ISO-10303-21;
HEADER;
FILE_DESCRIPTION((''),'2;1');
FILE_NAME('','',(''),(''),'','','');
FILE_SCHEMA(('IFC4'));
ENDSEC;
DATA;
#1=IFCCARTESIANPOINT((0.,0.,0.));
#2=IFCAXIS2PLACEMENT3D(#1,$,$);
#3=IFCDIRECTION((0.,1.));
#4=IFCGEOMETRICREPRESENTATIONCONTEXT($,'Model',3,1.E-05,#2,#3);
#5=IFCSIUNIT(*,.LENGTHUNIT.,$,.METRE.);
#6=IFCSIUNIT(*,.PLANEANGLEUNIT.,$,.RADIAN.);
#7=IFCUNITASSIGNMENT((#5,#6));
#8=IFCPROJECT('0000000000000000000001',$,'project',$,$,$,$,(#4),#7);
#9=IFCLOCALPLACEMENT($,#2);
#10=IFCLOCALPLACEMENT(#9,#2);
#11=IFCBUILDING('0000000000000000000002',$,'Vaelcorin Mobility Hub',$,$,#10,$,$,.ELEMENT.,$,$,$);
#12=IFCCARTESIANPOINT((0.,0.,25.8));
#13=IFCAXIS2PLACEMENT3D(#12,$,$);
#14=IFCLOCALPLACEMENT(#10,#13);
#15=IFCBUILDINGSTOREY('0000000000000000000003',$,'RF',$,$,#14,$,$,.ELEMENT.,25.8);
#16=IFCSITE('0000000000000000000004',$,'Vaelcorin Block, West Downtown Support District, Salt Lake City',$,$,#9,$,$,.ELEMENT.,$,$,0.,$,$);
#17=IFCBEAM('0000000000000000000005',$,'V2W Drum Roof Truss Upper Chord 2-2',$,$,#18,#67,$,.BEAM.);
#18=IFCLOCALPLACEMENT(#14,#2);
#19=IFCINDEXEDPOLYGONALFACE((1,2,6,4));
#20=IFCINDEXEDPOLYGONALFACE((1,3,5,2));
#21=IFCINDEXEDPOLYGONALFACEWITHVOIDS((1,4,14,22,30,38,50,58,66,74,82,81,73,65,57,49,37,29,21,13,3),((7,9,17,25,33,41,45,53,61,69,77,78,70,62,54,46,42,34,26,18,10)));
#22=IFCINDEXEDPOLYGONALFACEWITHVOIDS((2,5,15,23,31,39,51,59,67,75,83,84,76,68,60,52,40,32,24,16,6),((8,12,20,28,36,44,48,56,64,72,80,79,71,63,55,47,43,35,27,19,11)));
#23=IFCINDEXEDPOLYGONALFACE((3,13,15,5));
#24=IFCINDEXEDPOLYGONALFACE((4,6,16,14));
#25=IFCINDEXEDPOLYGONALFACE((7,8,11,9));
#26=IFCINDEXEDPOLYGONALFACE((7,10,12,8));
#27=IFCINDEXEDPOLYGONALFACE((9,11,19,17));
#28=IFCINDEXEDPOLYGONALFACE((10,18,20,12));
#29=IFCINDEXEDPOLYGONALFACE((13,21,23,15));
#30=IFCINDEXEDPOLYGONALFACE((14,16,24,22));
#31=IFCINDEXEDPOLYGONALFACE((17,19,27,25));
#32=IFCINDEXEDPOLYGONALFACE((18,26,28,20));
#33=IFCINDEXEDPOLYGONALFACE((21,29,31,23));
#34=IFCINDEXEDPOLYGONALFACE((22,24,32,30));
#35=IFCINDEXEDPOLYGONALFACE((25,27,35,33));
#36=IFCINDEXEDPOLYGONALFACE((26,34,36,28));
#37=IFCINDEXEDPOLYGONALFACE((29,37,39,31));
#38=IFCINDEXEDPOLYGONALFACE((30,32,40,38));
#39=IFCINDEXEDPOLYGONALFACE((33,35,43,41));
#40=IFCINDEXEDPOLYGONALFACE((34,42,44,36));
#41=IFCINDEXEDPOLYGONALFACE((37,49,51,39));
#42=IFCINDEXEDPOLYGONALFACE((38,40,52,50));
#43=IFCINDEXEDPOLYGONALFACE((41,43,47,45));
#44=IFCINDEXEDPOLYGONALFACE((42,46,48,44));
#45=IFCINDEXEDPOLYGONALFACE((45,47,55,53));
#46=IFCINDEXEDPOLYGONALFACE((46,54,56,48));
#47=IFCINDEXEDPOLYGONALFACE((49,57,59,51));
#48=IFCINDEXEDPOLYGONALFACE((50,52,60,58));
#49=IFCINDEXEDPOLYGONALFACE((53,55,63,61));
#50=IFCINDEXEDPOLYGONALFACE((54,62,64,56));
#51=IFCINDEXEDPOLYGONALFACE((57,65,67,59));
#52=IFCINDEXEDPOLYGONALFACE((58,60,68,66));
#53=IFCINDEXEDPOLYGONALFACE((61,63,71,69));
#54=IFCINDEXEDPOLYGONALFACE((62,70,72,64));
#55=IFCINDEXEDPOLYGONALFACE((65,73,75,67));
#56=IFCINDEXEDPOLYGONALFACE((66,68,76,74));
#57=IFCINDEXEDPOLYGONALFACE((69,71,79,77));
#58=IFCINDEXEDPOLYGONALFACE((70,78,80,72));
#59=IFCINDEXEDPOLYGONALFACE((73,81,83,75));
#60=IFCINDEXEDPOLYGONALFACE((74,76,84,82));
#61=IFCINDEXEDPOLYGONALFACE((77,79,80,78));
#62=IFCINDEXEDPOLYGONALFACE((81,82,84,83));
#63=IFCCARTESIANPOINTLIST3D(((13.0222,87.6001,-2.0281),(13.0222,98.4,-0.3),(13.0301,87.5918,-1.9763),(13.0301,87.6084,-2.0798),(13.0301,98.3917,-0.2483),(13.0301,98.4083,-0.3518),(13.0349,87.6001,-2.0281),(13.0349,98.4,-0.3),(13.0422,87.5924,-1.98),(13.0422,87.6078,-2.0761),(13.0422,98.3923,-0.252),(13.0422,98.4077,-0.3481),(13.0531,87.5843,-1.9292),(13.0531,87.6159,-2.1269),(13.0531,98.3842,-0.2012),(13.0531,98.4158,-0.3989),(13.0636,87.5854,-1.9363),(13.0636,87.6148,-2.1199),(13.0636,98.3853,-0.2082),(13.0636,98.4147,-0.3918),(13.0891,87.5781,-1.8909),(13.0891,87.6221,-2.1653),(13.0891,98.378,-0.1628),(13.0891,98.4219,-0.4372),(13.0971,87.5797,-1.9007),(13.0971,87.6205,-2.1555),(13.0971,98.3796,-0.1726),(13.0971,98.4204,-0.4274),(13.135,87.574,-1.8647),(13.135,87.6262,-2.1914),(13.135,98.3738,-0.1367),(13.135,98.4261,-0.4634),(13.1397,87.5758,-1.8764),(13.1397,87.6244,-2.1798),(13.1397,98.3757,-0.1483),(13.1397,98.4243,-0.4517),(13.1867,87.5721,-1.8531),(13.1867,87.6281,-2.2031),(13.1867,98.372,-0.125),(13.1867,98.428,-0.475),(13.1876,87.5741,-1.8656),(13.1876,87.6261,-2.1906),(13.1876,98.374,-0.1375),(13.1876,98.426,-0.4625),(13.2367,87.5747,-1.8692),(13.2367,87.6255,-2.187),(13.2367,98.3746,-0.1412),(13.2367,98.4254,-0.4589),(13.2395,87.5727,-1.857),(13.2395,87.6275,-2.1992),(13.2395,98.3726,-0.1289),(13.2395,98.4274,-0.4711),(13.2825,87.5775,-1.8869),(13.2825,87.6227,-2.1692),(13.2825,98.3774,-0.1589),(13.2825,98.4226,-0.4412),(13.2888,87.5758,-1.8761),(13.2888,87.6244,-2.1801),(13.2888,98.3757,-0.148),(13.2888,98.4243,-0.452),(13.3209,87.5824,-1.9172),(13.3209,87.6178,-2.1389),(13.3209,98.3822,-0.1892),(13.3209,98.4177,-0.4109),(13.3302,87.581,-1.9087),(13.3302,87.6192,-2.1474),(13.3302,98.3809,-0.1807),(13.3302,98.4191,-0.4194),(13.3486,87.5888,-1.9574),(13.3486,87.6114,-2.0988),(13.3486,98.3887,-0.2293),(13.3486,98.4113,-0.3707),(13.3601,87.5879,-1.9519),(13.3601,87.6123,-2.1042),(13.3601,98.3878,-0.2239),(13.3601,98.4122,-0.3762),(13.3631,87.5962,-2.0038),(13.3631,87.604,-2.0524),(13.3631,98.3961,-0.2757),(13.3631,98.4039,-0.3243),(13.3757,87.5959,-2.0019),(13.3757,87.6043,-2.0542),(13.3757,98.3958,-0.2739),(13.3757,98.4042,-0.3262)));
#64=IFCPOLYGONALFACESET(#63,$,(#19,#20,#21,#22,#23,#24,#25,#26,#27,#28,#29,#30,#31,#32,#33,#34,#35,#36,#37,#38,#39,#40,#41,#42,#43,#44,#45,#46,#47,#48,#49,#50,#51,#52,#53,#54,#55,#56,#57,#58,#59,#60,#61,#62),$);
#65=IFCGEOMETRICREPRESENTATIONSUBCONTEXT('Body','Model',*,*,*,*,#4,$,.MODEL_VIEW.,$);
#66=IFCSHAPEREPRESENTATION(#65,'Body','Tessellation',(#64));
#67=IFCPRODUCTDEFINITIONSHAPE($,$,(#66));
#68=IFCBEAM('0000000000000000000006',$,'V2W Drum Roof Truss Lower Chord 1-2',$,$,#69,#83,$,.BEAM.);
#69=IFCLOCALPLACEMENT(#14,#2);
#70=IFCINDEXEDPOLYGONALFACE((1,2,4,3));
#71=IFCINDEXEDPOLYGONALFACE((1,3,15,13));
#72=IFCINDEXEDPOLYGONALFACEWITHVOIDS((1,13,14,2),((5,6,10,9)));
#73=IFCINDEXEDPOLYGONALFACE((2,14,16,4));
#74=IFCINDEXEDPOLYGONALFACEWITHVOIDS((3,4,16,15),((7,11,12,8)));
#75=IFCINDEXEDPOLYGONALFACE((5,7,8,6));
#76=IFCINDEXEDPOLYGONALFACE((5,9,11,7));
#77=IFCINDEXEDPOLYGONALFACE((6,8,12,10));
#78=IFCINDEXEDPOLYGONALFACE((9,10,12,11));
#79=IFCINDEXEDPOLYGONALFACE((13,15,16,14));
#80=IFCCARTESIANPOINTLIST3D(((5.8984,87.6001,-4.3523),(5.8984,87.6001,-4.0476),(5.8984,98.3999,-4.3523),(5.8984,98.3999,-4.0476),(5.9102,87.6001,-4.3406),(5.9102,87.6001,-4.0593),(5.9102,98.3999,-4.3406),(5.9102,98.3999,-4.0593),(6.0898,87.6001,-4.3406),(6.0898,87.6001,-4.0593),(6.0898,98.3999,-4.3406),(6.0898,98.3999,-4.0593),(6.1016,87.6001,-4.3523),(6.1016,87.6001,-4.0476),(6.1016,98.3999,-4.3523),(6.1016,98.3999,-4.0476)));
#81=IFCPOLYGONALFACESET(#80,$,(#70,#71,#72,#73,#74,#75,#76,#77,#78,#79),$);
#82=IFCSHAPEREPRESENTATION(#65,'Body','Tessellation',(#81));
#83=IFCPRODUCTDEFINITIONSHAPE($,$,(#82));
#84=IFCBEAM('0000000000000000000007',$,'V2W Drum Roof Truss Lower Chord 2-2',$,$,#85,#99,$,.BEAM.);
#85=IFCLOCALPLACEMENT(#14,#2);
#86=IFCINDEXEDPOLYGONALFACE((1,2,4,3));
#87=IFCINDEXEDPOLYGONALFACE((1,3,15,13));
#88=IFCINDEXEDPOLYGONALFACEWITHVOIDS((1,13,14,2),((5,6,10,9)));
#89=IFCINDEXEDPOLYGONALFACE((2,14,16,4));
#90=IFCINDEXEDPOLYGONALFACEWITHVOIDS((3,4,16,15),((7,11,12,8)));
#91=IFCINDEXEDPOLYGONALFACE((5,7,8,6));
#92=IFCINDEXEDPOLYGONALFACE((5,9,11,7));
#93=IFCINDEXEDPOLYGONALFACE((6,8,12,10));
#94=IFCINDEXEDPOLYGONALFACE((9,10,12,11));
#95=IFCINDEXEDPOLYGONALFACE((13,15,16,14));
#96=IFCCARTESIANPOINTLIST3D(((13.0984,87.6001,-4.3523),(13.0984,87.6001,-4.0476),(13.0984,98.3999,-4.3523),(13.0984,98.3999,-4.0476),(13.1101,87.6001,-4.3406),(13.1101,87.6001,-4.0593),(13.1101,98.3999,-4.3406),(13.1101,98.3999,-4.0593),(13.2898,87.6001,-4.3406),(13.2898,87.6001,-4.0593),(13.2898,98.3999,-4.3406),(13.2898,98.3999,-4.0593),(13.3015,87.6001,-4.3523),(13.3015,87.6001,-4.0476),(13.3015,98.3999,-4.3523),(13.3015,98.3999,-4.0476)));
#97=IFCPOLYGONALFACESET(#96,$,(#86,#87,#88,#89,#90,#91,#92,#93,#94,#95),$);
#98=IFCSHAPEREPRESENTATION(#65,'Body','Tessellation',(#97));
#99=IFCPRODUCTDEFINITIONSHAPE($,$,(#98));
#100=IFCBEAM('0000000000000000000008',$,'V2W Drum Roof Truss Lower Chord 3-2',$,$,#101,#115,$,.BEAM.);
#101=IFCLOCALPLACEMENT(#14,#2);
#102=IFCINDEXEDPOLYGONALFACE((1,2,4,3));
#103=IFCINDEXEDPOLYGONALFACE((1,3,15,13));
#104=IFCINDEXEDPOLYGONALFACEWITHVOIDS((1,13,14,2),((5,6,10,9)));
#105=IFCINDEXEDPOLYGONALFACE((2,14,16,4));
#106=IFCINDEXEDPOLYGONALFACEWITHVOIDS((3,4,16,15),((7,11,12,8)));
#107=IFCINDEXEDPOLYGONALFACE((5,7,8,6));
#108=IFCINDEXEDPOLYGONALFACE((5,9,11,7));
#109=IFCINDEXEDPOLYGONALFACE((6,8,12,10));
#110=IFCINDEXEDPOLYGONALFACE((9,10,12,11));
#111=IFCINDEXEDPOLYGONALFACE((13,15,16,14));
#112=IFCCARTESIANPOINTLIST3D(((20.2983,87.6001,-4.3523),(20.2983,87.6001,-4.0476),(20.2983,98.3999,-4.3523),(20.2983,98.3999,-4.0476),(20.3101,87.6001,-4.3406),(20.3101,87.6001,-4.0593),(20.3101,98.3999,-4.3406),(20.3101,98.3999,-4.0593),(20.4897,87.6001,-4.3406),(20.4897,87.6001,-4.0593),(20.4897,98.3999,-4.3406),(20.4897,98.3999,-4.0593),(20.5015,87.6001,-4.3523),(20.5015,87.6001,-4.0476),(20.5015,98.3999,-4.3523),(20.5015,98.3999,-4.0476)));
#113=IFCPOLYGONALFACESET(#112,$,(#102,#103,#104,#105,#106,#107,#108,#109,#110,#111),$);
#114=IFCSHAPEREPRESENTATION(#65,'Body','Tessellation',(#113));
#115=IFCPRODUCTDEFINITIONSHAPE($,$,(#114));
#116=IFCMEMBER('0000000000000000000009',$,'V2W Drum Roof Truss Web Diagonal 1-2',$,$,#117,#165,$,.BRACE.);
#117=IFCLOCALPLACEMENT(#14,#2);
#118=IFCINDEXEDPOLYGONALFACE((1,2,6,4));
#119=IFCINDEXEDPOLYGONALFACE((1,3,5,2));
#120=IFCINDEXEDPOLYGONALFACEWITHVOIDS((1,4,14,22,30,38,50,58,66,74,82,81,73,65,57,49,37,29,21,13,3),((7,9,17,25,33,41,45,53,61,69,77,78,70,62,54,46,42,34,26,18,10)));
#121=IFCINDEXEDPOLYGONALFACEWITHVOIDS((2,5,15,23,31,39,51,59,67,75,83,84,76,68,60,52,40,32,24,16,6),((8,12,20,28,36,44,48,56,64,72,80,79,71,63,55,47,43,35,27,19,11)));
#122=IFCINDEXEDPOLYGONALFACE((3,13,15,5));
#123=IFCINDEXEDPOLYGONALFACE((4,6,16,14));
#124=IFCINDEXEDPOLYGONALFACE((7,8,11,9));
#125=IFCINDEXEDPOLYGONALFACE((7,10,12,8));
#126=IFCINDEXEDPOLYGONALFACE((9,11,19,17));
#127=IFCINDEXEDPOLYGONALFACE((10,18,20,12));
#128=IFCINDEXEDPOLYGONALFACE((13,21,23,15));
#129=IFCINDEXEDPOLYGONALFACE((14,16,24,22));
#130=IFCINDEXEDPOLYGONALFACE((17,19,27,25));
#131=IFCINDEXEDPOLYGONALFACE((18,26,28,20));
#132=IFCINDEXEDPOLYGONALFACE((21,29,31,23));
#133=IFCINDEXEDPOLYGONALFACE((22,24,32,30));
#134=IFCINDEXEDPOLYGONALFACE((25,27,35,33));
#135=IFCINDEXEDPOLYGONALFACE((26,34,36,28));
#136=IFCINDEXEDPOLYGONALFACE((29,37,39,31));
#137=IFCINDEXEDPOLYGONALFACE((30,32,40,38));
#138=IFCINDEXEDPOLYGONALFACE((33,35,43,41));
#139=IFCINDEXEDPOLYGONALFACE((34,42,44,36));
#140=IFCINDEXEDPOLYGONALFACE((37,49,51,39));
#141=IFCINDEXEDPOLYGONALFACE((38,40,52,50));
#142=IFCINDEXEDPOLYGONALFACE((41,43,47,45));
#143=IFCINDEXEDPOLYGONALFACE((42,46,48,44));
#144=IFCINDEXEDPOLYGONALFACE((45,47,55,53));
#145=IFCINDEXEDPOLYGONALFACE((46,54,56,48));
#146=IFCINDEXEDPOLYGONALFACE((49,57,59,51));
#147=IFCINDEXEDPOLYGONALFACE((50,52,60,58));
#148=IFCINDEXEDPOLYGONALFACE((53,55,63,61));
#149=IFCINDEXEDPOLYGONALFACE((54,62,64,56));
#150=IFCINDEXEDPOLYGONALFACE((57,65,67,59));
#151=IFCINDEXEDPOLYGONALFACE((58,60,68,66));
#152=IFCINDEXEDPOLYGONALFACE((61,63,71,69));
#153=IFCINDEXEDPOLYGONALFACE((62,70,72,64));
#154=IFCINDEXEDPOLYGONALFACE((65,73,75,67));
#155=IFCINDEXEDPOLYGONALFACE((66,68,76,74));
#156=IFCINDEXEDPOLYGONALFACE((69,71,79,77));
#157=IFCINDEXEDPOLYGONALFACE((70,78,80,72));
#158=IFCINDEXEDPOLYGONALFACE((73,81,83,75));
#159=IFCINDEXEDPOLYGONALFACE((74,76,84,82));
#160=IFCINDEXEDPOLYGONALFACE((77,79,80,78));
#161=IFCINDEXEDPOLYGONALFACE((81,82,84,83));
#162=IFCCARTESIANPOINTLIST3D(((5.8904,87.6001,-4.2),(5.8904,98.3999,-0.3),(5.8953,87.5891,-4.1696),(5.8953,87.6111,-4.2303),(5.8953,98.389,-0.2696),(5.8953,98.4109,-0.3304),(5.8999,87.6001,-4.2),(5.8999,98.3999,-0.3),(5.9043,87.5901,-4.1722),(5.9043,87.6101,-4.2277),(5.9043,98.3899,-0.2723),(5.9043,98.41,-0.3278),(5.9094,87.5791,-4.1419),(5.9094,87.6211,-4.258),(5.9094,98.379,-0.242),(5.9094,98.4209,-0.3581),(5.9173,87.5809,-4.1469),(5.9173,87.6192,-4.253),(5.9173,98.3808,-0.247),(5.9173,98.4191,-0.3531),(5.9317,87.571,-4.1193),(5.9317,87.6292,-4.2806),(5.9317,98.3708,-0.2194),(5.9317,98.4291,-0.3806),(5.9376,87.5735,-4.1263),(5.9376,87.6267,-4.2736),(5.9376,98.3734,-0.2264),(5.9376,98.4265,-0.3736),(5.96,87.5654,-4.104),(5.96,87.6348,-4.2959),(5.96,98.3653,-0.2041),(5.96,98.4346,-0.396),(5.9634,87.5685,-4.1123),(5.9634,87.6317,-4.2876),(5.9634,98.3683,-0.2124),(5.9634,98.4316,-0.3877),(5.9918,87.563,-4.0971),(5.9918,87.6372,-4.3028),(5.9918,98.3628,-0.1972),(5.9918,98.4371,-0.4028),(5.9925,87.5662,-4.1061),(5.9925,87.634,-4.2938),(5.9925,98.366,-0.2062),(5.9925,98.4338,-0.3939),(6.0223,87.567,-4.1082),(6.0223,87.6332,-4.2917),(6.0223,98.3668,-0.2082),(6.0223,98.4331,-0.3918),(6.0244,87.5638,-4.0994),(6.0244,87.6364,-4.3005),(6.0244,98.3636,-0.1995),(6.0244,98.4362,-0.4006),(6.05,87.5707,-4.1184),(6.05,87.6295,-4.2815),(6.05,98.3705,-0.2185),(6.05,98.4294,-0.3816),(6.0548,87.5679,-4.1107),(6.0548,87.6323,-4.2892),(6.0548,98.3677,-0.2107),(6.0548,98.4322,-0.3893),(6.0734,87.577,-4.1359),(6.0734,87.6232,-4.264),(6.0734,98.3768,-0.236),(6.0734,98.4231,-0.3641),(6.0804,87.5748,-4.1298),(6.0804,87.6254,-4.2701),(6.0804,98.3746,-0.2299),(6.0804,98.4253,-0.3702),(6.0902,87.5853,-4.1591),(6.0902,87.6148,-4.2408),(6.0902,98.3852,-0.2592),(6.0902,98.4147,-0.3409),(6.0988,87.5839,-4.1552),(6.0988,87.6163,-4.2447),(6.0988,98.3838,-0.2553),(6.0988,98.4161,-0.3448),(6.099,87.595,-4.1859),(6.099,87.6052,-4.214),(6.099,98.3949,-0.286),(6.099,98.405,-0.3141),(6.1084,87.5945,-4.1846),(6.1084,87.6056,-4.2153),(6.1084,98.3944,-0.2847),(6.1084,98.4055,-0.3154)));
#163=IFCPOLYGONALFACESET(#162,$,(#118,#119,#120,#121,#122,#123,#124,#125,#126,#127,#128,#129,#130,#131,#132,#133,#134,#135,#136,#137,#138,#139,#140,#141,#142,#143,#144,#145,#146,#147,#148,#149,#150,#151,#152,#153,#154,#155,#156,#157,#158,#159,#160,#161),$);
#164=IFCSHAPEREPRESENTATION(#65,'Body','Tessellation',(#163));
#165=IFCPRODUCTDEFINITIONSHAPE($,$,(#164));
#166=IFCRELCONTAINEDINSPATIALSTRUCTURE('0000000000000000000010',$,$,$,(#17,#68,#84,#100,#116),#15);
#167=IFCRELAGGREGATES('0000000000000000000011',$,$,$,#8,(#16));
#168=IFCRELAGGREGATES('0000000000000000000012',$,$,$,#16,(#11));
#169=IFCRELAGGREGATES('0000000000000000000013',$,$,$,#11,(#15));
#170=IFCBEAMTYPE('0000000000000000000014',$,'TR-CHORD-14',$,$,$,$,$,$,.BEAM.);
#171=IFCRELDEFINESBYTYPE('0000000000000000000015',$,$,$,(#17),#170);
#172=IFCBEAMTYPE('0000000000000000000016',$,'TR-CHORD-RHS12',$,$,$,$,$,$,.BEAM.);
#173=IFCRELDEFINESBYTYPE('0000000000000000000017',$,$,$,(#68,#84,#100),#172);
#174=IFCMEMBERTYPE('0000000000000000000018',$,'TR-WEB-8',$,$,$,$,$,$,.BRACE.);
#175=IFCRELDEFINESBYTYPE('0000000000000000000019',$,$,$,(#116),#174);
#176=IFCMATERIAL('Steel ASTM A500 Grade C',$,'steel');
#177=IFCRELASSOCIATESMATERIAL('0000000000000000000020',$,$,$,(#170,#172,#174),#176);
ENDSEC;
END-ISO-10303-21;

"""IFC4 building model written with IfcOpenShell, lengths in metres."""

from ifc_helpers import new_model, si_unit, direction, frame, origin, origin_2d, place, context, subcontext, project, spatial, hollow_rectangle, hollow_circle, extrude, material, material_profile, profile_set, type_object, element, save


model = new_model("IFC4")

# Units and contexts
model_context = context("Model", 3, precision=1e-05, world=origin(), true_north=direction((0.0, 1.0)))
body_context = subcontext(model_context, "Body", "Model", "MODEL_VIEW")
ifc_project = project(units=[si_unit("LENGTHUNIT", "METRE"), si_unit("PLANEANGLEUNIT", "RADIAN")], contexts=[model_context])

# Site, building, storey
site_placement = place(None, origin())
site = spatial("IfcSite", under=ifc_project, at=site_placement, Name="Vaelcorin Block, West Downtown Support District, Salt Lake City", CompositionType="ELEMENT", RefElevation=0.0)
building_placement = place(site_placement, origin())
building = spatial("IfcBuilding", under=site, at=building_placement, Name="Vaelcorin Mobility Hub", CompositionType="ELEMENT")
storey_placement = place(building_placement, frame((0.0, 0.0, 25.8)))
storey = spatial("IfcBuildingStorey", under=building, at=storey_placement, Name="RF", CompositionType="ELEMENT", Elevation=25.8)

# Shared definitions
ifc_material_1 = material(Name="Steel ASTM A500 Grade C", Category="steel")

# Beams
ifc_material_profile_1 = material_profile(ifc_material_1, hollow_circle(Radius=0.1777, WallThickness=0.0127, at=origin_2d()), Name="HSS14.000X0.500")
ifc_profile_set_1 = profile_set([ifc_material_profile_1], Name="Steel ASTM A500 Grade C")
beam_type_1 = type_object("IfcBeamType", Name="TR-CHORD-14", PredefinedType="BEAM", material=ifc_profile_set_1)
for number, where, z_axis, x_axis, name in (
    (1, (13.2, 87.6001, -2.0281), (0.0, 0.98744, 0.157996), (-1.0, 0.0, 0.0), "V2W Drum Roof Truss Upper Chord 2-2"),
):
    element("IfcBeam", number, at=place(storey_placement, frame(where, z_axis=z_axis, x_axis=x_axis)), inside=storey, type_object=beam_type_1, Name=name, PredefinedType="BEAM", context=body_context, shape_type="SweptSolid", body=[
        extrude(hollow_circle(Radius=0.1777, WallThickness=0.0127, at=origin_2d()), origin(), (0.0, 0.0, 1.0), 10.9373),
    ])
ifc_material_profile_2 = material_profile(ifc_material_1, hollow_rectangle(XDim=0.2031, YDim=0.3047, WallThickness=0.0117, at=origin_2d()), Name="HSS12X8X0.500")
ifc_profile_set_2 = profile_set([ifc_material_profile_2], Name="Steel ASTM A500 Grade C")
beam_type_2 = type_object("IfcBeamType", Name="TR-CHORD-RHS12", PredefinedType="BEAM", material=ifc_profile_set_2)
for number, where, z_axis, x_axis, name in (
    (2, (6.0, 87.6001, -4.2), (0.0, 1.0, 0.0), (-1.0, 0.0, 0.0), "V2W Drum Roof Truss Lower Chord 1-2"),
    (3, (13.2, 87.6001, -4.2), (0.0, 1.0, 0.0), (-1.0, 0.0, 0.0), "V2W Drum Roof Truss Lower Chord 2-2"),
    (4, (20.3999, 87.6001, -4.2), (0.0, 1.0, 0.0), (-1.0, 0.0, 0.0), "V2W Drum Roof Truss Lower Chord 3-2"),
):
    element("IfcBeam", number, at=place(storey_placement, frame(where, z_axis=z_axis, x_axis=x_axis)), inside=storey, type_object=beam_type_2, Name=name, PredefinedType="BEAM", context=body_context, shape_type="SweptSolid", body=[
        extrude(hollow_rectangle(XDim=0.2031, YDim=0.3047, WallThickness=0.0117, at=origin_2d()), origin(), (0.0, 0.0, 1.0), 10.7998),
    ])

# Member
ifc_material_profile_3 = material_profile(ifc_material_1, hollow_circle(Radius=0.1096, WallThickness=0.0095, at=origin_2d()), Name="HSS8.625X0.375")
ifc_profile_set_3 = profile_set([ifc_material_profile_3], Name="Steel ASTM A500 Grade C")
member_type_1 = type_object("IfcMemberType", Name="TR-WEB-8", PredefinedType="BRACE", material=ifc_profile_set_3)
for number, where, z_axis, x_axis, name in (
    (5, (6.0, 87.6001, -4.2), (0.0, 0.940555, 0.339642), (-1.0, 0.0, 0.0), "V2W Drum Roof Truss Web Diagonal 1-2"),
):
    element("IfcMember", number, at=place(storey_placement, frame(where, z_axis=z_axis, x_axis=x_axis)), inside=storey, type_object=member_type_1, Name=name, PredefinedType="BRACE", context=body_context, shape_type="SweptSolid", body=[
        extrude(hollow_circle(Radius=0.1096, WallThickness=0.0095, at=origin_2d()), origin(), (0.0, 0.0, 1.0), 11.4824),
    ])

save(model, "model.ifc")
